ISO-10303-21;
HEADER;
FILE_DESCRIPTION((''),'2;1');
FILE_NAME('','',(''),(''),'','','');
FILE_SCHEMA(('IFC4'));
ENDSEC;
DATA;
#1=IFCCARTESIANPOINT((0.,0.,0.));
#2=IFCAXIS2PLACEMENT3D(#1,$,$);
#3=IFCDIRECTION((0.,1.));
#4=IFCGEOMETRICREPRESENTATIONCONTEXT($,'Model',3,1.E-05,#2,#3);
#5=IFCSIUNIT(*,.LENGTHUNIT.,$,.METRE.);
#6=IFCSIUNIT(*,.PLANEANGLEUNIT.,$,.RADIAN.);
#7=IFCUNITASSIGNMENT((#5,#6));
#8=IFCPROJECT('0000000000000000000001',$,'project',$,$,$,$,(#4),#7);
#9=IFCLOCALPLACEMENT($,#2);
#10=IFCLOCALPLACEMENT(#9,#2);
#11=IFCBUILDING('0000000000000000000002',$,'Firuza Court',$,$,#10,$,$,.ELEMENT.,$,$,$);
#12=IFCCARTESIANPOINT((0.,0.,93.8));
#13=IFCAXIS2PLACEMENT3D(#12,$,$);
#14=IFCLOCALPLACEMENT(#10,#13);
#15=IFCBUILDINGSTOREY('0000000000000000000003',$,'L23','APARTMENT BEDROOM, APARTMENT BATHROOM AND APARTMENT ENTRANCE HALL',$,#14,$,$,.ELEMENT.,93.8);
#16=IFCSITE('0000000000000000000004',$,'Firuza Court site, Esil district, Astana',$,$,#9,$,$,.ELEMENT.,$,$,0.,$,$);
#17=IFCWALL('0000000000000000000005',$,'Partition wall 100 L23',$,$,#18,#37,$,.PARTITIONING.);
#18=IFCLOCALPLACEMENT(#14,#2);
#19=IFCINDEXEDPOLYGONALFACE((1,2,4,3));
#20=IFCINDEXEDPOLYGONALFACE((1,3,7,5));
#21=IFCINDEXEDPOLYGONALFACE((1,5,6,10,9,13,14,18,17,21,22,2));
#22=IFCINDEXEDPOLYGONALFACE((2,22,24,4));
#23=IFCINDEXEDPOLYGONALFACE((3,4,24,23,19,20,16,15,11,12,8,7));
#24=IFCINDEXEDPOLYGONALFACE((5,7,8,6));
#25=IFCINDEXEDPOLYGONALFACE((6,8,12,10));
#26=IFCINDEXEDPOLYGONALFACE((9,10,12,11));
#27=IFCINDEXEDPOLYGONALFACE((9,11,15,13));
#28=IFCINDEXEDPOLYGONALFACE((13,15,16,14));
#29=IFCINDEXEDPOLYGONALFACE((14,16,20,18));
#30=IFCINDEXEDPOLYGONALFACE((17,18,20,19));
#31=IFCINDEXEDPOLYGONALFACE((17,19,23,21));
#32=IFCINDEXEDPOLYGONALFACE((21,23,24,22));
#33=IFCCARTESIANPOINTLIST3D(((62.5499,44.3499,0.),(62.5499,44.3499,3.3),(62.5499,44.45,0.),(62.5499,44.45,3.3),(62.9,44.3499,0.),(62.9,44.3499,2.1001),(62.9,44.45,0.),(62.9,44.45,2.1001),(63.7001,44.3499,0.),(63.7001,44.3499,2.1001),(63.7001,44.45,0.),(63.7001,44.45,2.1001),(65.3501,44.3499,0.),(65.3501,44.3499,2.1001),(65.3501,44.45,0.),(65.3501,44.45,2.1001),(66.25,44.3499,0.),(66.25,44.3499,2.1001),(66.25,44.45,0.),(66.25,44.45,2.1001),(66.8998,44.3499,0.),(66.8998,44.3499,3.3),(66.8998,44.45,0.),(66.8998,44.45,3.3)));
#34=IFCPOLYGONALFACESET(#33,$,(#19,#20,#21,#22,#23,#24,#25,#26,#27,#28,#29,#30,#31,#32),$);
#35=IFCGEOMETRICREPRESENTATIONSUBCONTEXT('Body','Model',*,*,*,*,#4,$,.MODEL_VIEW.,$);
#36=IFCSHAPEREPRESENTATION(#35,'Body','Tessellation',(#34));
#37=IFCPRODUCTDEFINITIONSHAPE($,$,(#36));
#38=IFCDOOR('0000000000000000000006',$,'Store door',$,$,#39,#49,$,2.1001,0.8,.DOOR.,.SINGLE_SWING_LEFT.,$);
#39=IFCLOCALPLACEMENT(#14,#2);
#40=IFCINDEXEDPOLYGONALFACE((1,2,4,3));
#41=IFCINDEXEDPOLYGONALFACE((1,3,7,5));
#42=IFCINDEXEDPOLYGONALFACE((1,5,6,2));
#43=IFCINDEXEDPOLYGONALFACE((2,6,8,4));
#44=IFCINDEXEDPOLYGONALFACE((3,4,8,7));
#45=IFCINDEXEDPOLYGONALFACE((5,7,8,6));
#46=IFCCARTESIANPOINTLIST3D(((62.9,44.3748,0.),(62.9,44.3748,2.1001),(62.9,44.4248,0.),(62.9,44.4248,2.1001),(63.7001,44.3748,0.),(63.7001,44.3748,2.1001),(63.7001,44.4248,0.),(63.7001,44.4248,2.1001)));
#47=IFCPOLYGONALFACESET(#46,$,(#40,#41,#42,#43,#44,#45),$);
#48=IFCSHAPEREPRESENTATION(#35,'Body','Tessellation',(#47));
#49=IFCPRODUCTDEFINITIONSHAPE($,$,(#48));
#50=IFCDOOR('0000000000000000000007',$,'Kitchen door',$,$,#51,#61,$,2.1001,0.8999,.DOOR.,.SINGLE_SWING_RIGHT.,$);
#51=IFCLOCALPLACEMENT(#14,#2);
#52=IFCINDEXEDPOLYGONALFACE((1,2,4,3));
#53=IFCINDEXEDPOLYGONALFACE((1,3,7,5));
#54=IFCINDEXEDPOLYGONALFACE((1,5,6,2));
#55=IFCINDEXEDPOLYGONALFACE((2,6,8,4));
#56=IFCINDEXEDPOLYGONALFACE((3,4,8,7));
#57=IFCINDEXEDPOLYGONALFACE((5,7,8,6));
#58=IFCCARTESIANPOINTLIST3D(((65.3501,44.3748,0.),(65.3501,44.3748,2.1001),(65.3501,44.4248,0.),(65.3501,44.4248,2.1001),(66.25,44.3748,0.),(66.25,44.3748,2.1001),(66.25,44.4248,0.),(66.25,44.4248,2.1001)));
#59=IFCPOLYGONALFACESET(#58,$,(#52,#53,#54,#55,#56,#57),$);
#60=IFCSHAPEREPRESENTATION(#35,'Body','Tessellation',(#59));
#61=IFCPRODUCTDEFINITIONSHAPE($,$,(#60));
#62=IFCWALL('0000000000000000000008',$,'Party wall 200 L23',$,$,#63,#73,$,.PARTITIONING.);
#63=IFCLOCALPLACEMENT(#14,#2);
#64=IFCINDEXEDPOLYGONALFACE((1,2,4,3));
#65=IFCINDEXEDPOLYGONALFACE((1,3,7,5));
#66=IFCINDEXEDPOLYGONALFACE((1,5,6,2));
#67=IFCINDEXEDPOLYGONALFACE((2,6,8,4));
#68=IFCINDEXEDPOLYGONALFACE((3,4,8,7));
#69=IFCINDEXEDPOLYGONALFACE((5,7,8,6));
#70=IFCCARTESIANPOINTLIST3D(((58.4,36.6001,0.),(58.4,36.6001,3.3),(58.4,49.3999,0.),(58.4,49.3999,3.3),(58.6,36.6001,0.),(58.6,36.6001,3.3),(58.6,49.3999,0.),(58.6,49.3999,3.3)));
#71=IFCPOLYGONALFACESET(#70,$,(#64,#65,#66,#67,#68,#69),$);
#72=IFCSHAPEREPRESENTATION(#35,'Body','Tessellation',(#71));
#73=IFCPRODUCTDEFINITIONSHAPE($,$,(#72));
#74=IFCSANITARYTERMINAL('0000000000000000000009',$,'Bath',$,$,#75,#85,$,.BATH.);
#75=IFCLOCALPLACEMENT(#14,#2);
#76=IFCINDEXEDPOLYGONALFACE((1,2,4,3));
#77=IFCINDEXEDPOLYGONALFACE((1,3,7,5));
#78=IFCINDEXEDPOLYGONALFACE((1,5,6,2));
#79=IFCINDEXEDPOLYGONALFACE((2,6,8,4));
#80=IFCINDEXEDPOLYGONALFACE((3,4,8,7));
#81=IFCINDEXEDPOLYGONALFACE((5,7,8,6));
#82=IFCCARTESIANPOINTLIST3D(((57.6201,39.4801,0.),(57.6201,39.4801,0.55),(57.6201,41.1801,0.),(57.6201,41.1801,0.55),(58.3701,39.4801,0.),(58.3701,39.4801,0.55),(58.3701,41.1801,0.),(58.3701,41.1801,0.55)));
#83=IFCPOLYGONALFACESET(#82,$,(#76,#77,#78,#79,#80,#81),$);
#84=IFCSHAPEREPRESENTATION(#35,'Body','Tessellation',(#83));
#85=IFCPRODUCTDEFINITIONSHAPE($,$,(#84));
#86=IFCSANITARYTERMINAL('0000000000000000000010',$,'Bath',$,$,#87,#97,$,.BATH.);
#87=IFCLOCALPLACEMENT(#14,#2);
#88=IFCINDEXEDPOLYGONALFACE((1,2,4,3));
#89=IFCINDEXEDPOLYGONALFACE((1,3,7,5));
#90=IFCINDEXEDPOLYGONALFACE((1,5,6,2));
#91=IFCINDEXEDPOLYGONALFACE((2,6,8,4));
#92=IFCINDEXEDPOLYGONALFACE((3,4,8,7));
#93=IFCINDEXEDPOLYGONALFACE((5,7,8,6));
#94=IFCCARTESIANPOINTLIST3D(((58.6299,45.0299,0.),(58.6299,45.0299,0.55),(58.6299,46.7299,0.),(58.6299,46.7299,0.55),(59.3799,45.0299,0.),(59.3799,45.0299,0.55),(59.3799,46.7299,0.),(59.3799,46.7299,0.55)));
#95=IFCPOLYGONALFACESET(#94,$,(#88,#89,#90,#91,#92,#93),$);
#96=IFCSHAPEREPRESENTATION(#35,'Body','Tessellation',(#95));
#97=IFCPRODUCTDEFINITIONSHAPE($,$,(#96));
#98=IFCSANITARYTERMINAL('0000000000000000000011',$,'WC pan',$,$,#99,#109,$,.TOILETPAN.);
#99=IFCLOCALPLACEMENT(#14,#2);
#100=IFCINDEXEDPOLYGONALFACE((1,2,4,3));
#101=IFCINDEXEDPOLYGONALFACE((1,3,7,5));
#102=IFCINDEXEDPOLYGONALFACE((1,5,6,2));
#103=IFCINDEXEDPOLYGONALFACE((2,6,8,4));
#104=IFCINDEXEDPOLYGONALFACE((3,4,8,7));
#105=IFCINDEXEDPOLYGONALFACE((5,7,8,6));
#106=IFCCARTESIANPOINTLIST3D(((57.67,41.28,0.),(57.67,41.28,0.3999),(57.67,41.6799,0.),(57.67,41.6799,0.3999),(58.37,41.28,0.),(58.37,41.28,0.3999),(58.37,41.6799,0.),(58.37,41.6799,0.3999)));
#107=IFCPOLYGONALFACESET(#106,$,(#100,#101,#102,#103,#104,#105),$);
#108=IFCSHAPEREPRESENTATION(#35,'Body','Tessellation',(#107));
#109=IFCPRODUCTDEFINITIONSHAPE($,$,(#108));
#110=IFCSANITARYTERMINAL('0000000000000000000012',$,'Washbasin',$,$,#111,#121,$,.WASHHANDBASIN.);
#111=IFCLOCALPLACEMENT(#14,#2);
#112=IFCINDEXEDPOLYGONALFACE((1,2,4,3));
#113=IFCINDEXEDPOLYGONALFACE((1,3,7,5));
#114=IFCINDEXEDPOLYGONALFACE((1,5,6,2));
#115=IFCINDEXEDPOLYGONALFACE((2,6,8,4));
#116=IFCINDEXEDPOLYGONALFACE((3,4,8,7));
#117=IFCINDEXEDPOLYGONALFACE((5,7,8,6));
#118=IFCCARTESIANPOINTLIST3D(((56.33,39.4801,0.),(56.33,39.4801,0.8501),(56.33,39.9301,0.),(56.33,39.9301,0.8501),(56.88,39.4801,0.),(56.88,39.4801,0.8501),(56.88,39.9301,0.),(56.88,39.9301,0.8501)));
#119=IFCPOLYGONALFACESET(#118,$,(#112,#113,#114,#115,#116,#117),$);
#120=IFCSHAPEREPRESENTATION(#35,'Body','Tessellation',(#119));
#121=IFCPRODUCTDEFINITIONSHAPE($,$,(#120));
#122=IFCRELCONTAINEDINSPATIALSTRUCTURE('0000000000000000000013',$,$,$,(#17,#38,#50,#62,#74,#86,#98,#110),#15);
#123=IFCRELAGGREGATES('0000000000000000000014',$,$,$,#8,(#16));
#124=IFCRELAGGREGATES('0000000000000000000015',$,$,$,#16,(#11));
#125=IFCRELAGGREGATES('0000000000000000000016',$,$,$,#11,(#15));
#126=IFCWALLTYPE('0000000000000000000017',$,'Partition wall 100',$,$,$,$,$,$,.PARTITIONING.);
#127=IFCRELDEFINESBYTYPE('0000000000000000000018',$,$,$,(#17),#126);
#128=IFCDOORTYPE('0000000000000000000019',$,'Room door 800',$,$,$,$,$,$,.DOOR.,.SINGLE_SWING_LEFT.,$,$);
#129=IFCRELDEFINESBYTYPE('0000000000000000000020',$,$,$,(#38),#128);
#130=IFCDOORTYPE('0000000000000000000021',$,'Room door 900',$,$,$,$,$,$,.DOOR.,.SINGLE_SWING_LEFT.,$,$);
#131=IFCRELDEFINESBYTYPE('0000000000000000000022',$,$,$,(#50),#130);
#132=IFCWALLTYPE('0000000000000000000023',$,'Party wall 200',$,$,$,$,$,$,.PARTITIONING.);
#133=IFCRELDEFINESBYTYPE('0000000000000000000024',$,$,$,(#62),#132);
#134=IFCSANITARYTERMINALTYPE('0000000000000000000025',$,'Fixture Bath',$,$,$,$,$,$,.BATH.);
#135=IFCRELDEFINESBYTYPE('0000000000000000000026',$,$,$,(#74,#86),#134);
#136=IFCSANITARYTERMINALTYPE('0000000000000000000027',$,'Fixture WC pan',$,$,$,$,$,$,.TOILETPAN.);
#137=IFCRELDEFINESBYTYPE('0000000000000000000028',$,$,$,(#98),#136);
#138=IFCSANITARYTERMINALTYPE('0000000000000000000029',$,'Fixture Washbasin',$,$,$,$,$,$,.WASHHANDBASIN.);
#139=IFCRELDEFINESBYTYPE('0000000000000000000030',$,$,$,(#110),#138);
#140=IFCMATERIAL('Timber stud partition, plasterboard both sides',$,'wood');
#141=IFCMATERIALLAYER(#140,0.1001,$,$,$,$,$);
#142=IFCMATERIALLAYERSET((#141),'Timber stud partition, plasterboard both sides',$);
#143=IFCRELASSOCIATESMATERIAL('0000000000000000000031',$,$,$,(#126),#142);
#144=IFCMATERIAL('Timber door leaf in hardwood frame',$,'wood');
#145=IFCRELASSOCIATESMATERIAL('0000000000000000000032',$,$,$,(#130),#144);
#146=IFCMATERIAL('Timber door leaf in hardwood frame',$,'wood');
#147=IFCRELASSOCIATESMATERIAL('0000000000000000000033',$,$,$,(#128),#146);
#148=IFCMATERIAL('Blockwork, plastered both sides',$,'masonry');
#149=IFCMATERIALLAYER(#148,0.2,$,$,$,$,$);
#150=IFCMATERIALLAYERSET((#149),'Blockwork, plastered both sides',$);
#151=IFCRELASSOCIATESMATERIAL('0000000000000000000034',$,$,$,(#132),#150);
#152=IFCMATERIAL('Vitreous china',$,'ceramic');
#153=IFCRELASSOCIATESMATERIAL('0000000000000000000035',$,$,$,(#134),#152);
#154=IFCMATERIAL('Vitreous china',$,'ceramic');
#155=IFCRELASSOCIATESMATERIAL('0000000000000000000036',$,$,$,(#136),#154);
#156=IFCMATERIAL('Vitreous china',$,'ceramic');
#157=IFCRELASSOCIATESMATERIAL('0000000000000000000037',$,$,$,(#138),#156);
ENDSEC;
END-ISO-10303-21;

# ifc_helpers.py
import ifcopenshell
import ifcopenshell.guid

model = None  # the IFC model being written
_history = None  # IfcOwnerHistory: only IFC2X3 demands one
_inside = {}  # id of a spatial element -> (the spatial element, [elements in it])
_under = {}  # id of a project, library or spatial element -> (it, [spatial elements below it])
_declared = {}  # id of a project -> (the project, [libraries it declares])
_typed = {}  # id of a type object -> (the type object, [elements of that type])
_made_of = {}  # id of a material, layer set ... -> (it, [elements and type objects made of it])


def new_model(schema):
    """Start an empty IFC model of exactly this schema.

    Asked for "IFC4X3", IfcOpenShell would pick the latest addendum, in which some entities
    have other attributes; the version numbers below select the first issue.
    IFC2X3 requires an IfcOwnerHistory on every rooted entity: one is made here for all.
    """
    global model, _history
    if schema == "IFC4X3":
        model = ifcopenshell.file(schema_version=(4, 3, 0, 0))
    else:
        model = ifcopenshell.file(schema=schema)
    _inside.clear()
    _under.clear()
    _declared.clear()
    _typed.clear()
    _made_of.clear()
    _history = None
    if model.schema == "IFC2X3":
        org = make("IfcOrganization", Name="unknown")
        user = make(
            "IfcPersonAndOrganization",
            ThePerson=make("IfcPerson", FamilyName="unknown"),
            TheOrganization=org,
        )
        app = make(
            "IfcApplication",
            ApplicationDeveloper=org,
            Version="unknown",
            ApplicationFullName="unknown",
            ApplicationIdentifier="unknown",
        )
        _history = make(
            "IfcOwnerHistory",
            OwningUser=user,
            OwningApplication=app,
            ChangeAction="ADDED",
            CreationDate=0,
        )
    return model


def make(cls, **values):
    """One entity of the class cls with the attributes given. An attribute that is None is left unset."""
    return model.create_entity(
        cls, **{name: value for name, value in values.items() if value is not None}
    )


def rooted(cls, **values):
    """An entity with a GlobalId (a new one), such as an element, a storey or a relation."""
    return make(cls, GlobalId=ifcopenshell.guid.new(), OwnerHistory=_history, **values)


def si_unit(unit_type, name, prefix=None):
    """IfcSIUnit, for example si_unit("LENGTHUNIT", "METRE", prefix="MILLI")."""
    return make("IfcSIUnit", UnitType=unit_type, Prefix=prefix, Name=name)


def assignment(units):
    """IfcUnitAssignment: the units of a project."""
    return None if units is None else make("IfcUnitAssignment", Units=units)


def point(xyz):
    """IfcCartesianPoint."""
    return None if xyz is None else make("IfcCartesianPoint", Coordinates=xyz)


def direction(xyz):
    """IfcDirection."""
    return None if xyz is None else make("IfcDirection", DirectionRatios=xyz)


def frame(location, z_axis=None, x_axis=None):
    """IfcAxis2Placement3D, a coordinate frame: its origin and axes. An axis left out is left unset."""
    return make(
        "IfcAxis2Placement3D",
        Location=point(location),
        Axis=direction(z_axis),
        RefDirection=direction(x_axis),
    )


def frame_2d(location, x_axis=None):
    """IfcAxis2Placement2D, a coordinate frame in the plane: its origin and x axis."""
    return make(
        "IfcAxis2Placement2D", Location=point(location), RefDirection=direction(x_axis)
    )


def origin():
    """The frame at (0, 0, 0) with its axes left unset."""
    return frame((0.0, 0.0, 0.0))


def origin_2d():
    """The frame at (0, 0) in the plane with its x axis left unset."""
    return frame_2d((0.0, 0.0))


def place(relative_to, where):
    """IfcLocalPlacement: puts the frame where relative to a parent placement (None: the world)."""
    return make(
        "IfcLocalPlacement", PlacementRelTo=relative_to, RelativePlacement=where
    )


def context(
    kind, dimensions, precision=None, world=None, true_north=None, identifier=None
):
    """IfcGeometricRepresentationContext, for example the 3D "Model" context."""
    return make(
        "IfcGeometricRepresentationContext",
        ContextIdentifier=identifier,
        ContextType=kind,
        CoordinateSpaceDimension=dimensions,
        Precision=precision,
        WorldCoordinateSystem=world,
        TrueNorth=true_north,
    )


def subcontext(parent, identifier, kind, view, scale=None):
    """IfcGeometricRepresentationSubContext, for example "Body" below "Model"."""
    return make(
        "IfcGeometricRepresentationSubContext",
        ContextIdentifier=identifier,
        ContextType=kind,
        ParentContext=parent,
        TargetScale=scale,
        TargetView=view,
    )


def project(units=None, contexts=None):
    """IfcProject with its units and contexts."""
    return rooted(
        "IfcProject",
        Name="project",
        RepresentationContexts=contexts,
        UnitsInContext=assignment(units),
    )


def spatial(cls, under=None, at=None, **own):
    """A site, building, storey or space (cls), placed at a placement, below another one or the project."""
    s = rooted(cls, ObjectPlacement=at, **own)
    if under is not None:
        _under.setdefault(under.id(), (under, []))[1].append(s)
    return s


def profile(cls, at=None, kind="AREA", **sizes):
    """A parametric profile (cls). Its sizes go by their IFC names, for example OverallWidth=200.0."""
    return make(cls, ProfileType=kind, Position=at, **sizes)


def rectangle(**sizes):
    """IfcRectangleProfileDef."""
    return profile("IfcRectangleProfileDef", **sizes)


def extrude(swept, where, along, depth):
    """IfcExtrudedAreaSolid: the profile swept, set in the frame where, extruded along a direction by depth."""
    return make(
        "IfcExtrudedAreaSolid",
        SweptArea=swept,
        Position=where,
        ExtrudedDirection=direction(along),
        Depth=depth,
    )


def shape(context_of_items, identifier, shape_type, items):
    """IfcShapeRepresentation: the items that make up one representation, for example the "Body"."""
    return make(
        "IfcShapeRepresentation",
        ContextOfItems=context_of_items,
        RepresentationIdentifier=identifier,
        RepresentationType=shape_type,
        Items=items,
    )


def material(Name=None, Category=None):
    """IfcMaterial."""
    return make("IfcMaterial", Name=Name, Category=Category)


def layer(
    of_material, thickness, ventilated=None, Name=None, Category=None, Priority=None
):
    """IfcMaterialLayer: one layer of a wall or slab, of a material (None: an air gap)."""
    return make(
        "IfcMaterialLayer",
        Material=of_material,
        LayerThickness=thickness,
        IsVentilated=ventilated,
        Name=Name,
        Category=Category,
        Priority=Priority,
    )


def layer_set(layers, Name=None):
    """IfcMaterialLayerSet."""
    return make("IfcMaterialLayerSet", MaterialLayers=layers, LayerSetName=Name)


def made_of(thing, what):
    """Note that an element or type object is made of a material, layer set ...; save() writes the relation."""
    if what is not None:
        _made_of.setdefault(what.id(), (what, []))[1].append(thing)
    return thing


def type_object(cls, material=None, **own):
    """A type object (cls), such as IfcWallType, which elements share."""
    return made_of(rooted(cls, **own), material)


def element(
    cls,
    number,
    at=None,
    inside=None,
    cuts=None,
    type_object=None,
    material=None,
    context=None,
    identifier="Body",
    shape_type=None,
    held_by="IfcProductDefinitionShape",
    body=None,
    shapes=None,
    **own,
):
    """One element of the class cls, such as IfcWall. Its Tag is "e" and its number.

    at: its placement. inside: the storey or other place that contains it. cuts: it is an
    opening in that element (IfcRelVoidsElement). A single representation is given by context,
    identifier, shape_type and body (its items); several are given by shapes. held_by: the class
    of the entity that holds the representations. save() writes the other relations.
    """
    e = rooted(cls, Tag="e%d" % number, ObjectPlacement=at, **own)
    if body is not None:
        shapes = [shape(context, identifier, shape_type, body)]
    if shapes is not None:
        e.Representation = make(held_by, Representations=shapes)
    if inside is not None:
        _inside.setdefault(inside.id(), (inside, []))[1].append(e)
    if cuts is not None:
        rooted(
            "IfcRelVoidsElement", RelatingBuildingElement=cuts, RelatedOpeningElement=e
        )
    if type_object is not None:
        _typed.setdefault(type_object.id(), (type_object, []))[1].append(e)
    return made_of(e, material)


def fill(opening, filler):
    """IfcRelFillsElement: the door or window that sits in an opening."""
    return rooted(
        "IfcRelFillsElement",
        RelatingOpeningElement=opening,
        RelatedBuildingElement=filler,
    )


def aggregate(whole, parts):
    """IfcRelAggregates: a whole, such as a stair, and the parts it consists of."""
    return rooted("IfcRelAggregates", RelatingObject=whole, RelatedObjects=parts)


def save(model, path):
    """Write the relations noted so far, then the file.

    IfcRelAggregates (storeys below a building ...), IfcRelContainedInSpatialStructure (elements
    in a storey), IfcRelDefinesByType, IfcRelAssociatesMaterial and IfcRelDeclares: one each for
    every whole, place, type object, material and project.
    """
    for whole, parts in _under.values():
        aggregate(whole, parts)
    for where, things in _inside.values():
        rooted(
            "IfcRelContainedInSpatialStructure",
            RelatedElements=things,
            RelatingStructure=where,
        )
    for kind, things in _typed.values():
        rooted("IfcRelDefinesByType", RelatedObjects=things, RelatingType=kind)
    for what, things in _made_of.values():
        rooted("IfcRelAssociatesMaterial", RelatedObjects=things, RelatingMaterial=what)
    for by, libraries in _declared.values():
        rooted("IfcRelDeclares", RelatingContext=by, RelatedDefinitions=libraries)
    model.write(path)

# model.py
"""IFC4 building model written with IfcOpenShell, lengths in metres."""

from ifc_helpers import new_model, si_unit, direction, frame, frame_2d, origin, origin_2d, place, context, subcontext, project, spatial, rectangle, extrude, material, layer, layer_set, type_object, element, fill, save


model = new_model("IFC4")

# Units and contexts
model_context = context("Model", 3, precision=1e-05, world=origin(), true_north=direction((0.0, 1.0)))
body_context = subcontext(model_context, "Body", "Model", "MODEL_VIEW")
ifc_project = project(units=[si_unit("LENGTHUNIT", "METRE"), si_unit("PLANEANGLEUNIT", "RADIAN")], contexts=[model_context])

# Site, building, storey
site_placement = place(None, origin())
site = spatial("IfcSite", under=ifc_project, at=site_placement, Name="Firuza Court site, Esil district, Astana", CompositionType="ELEMENT", RefElevation=0.0)
building_placement = place(site_placement, origin())
building = spatial("IfcBuilding", under=site, at=building_placement, Name="Firuza Court", CompositionType="ELEMENT")
storey_placement = place(building_placement, frame((0.0, 0.0, 93.8)))
storey = spatial("IfcBuildingStorey", under=building, at=storey_placement, Name="L23", Description="APARTMENT BEDROOM, APARTMENT BATHROOM AND APARTMENT ENTRANCE HALL", CompositionType="ELEMENT", Elevation=93.8)

# Shared definitions
ifc_material_1 = material(Name="Timber stud partition, plasterboard both sides", Category="wood")
ifc_layer_1 = layer(ifc_material_1, 0.1001)
ifc_layer_set_1 = layer_set([ifc_layer_1], Name="Timber stud partition, plasterboard both sides")
wall_type_1 = type_object("IfcWallType", Name="Partition wall 100", PredefinedType="PARTITIONING", material=ifc_layer_set_1)
ifc_material_2 = material(Name="Timber door leaf in hardwood frame", Category="wood")
door_type_1 = type_object("IfcDoorType", Name="Room door 900", OperationType="SINGLE_SWING_LEFT", PredefinedType="DOOR", material=ifc_material_2)

# Wall, openings, doors
wall_1_placement = place(storey_placement, frame((62.55, 44.3999, 0.0), z_axis=(0.0, 0.0, 1.0), x_axis=(1.0, 0.0, 0.0)))
wall_1 = element("IfcWall", 1, at=wall_1_placement, inside=storey, type_object=wall_type_1, Name="Partition wall 100 L23", PredefinedType="PARTITIONING", context=body_context, shape_type="SweptSolid", body=[
    extrude(rectangle(XDim=4.3499, YDim=0.1001, at=frame_2d((2.1748, 0.0))), origin(), (0.0, 0.0, 1.0), 3.3),
])
opening_1_placement = place(wall_1_placement, frame((2.8, 0.0, 0.0)))
opening_1 = element("IfcOpeningElement", 2, at=opening_1_placement, cuts=wall_1, PredefinedType="OPENING", context=body_context, shape_type="SweptSolid", body=[
    extrude(rectangle(XDim=0.8999, YDim=2.1001, at=frame_2d((0.45, 1.05))), frame((0.0, 0.062, 0.0), z_axis=(0.0, -1.0, 0.0), x_axis=(1.0, 0.0, 0.0)), (0.0, 0.0, 1.0), 0.124),
])
opening_2_placement = place(wall_1_placement, frame((0.3501, 0.0, 0.0)))
opening_2 = element("IfcOpeningElement", 3, at=opening_2_placement, cuts=wall_1, PredefinedType="OPENING", context=body_context, shape_type="SweptSolid", body=[
    extrude(rectangle(XDim=0.8, YDim=2.1001, at=frame_2d((0.3999, 1.05))), frame((0.0, 0.062, 0.0), z_axis=(0.0, -1.0, 0.0), x_axis=(1.0, 0.0, 0.0)), (0.0, 0.0, 1.0), 0.124),
])
ifc_material_3 = material(Name="Timber door leaf in hardwood frame", Category="wood")
door_type_2 = type_object("IfcDoorType", Name="Room door 800", OperationType="SINGLE_SWING_LEFT", PredefinedType="DOOR", material=ifc_material_3)
door_1_placement = place(opening_2_placement, origin())
door_1 = element("IfcDoor", 4, at=door_1_placement, inside=storey, type_object=door_type_2, Name="Store door", OperationType="SINGLE_SWING_LEFT", OverallHeight=2.1001, OverallWidth=0.8, PredefinedType="DOOR", context=body_context, shape_type="SweptSolid", body=[
    extrude(rectangle(XDim=0.8, YDim=2.1001, at=frame_2d((0.3999, 1.05))), frame((0.0, 0.0249, 0.0), z_axis=(0.0, -1.0, 0.0), x_axis=(1.0, 0.0, 0.0)), (0.0, 0.0, 1.0), 0.05),
])
fill(opening_2, door_1)
door_2_placement = place(opening_1_placement, origin())
door_2 = element("IfcDoor", 5, at=door_2_placement, inside=storey, type_object=door_type_1, Name="Kitchen door", OperationType="SINGLE_SWING_RIGHT", OverallHeight=2.1001, OverallWidth=0.8999, PredefinedType="DOOR", context=body_context, shape_type="SweptSolid", body=[
    extrude(rectangle(XDim=0.8999, YDim=2.1001, at=frame_2d((0.45, 1.05))), frame((0.0, 0.0249, 0.0), z_axis=(0.0, -1.0, 0.0), x_axis=(1.0, 0.0, 0.0)), (0.0, 0.0, 1.0), 0.05),
])
fill(opening_1, door_2)

# Wall
ifc_material_4 = material(Name="Blockwork, plastered both sides", Category="masonry")
ifc_layer_2 = layer(ifc_material_4, 0.2)
ifc_layer_set_2 = layer_set([ifc_layer_2], Name="Blockwork, plastered both sides")
wall_type_2 = type_object("IfcWallType", Name="Party wall 200", PredefinedType="PARTITIONING", material=ifc_layer_set_2)
wall_2_placement = place(storey_placement, frame((58.5, 36.6001, 0.0), z_axis=(0.0, 0.0, 1.0), x_axis=(0.0, 1.0, 0.0)))
element("IfcWall", 6, at=wall_2_placement, inside=storey, type_object=wall_type_2, Name="Party wall 200 L23", PredefinedType="PARTITIONING", context=body_context, shape_type="SweptSolid", body=[
    extrude(rectangle(XDim=12.7998, YDim=0.2, at=frame_2d((6.3999, 0.0))), origin(), (0.0, 0.0, 1.0), 3.3),
])

# Sanitary terminals
ifc_material_5 = material(Name="Vitreous china", Category="ceramic")
sanitary_terminal_type_1 = type_object("IfcSanitaryTerminalType", Name="Fixture Bath", PredefinedType="BATH", material=ifc_material_5)
for number, where, z_axis, x_axis, name in (
    (7, (57.9951, 40.3301, 0.0), (0.0, 0.0, 1.0), (1.0, 0.0, 0.0), "Bath"),
    (8, (59.0049, 45.8799, 0.0), (0.0, 0.0, 1.0), (1.0, 0.0, 0.0), "Bath"),
):
    element("IfcSanitaryTerminal", number, at=place(storey_placement, frame(where, z_axis=z_axis, x_axis=x_axis)), inside=storey, type_object=sanitary_terminal_type_1, Name=name, PredefinedType="BATH", context=body_context, shape_type="SweptSolid", body=[
        extrude(rectangle(XDim=0.75, YDim=1.7, at=origin_2d()), origin(), (0.0, 0.0, 1.0), 0.55),
    ])
ifc_material_6 = material(Name="Vitreous china", Category="ceramic")
sanitary_terminal_type_2 = type_object("IfcSanitaryTerminalType", Name="Fixture WC pan", PredefinedType="TOILETPAN", material=ifc_material_6)
sanitary_terminal_1_placement = place(storey_placement, frame((58.02, 41.48, 0.0), z_axis=(0.0, 0.0, 1.0), x_axis=(1.0, 0.0, 0.0)))
element("IfcSanitaryTerminal", 9, at=sanitary_terminal_1_placement, inside=storey, type_object=sanitary_terminal_type_2, Name="WC pan", PredefinedType="TOILETPAN", context=body_context, shape_type="SweptSolid", body=[
    extrude(rectangle(XDim=0.7, YDim=0.3999, at=origin_2d()), origin(), (0.0, 0.0, 1.0), 0.3999),
])
ifc_material_7 = material(Name="Vitreous china", Category="ceramic")
sanitary_terminal_type_3 = type_object("IfcSanitaryTerminalType", Name="Fixture Washbasin", PredefinedType="WASHHANDBASIN", material=ifc_material_7)
sanitary_terminal_2_placement = place(storey_placement, frame((56.605, 39.7051, 0.0), z_axis=(0.0, 0.0, 1.0), x_axis=(1.0, 0.0, 0.0)))
element("IfcSanitaryTerminal", 10, at=sanitary_terminal_2_placement, inside=storey, type_object=sanitary_terminal_type_3, Name="Washbasin", PredefinedType="WASHHANDBASIN", context=body_context, shape_type="SweptSolid", body=[
    extrude(rectangle(XDim=0.55, YDim=0.45, at=origin_2d()), origin(), (0.0, 0.0, 1.0), 0.8501),
])

save(model, "model.ifc")
